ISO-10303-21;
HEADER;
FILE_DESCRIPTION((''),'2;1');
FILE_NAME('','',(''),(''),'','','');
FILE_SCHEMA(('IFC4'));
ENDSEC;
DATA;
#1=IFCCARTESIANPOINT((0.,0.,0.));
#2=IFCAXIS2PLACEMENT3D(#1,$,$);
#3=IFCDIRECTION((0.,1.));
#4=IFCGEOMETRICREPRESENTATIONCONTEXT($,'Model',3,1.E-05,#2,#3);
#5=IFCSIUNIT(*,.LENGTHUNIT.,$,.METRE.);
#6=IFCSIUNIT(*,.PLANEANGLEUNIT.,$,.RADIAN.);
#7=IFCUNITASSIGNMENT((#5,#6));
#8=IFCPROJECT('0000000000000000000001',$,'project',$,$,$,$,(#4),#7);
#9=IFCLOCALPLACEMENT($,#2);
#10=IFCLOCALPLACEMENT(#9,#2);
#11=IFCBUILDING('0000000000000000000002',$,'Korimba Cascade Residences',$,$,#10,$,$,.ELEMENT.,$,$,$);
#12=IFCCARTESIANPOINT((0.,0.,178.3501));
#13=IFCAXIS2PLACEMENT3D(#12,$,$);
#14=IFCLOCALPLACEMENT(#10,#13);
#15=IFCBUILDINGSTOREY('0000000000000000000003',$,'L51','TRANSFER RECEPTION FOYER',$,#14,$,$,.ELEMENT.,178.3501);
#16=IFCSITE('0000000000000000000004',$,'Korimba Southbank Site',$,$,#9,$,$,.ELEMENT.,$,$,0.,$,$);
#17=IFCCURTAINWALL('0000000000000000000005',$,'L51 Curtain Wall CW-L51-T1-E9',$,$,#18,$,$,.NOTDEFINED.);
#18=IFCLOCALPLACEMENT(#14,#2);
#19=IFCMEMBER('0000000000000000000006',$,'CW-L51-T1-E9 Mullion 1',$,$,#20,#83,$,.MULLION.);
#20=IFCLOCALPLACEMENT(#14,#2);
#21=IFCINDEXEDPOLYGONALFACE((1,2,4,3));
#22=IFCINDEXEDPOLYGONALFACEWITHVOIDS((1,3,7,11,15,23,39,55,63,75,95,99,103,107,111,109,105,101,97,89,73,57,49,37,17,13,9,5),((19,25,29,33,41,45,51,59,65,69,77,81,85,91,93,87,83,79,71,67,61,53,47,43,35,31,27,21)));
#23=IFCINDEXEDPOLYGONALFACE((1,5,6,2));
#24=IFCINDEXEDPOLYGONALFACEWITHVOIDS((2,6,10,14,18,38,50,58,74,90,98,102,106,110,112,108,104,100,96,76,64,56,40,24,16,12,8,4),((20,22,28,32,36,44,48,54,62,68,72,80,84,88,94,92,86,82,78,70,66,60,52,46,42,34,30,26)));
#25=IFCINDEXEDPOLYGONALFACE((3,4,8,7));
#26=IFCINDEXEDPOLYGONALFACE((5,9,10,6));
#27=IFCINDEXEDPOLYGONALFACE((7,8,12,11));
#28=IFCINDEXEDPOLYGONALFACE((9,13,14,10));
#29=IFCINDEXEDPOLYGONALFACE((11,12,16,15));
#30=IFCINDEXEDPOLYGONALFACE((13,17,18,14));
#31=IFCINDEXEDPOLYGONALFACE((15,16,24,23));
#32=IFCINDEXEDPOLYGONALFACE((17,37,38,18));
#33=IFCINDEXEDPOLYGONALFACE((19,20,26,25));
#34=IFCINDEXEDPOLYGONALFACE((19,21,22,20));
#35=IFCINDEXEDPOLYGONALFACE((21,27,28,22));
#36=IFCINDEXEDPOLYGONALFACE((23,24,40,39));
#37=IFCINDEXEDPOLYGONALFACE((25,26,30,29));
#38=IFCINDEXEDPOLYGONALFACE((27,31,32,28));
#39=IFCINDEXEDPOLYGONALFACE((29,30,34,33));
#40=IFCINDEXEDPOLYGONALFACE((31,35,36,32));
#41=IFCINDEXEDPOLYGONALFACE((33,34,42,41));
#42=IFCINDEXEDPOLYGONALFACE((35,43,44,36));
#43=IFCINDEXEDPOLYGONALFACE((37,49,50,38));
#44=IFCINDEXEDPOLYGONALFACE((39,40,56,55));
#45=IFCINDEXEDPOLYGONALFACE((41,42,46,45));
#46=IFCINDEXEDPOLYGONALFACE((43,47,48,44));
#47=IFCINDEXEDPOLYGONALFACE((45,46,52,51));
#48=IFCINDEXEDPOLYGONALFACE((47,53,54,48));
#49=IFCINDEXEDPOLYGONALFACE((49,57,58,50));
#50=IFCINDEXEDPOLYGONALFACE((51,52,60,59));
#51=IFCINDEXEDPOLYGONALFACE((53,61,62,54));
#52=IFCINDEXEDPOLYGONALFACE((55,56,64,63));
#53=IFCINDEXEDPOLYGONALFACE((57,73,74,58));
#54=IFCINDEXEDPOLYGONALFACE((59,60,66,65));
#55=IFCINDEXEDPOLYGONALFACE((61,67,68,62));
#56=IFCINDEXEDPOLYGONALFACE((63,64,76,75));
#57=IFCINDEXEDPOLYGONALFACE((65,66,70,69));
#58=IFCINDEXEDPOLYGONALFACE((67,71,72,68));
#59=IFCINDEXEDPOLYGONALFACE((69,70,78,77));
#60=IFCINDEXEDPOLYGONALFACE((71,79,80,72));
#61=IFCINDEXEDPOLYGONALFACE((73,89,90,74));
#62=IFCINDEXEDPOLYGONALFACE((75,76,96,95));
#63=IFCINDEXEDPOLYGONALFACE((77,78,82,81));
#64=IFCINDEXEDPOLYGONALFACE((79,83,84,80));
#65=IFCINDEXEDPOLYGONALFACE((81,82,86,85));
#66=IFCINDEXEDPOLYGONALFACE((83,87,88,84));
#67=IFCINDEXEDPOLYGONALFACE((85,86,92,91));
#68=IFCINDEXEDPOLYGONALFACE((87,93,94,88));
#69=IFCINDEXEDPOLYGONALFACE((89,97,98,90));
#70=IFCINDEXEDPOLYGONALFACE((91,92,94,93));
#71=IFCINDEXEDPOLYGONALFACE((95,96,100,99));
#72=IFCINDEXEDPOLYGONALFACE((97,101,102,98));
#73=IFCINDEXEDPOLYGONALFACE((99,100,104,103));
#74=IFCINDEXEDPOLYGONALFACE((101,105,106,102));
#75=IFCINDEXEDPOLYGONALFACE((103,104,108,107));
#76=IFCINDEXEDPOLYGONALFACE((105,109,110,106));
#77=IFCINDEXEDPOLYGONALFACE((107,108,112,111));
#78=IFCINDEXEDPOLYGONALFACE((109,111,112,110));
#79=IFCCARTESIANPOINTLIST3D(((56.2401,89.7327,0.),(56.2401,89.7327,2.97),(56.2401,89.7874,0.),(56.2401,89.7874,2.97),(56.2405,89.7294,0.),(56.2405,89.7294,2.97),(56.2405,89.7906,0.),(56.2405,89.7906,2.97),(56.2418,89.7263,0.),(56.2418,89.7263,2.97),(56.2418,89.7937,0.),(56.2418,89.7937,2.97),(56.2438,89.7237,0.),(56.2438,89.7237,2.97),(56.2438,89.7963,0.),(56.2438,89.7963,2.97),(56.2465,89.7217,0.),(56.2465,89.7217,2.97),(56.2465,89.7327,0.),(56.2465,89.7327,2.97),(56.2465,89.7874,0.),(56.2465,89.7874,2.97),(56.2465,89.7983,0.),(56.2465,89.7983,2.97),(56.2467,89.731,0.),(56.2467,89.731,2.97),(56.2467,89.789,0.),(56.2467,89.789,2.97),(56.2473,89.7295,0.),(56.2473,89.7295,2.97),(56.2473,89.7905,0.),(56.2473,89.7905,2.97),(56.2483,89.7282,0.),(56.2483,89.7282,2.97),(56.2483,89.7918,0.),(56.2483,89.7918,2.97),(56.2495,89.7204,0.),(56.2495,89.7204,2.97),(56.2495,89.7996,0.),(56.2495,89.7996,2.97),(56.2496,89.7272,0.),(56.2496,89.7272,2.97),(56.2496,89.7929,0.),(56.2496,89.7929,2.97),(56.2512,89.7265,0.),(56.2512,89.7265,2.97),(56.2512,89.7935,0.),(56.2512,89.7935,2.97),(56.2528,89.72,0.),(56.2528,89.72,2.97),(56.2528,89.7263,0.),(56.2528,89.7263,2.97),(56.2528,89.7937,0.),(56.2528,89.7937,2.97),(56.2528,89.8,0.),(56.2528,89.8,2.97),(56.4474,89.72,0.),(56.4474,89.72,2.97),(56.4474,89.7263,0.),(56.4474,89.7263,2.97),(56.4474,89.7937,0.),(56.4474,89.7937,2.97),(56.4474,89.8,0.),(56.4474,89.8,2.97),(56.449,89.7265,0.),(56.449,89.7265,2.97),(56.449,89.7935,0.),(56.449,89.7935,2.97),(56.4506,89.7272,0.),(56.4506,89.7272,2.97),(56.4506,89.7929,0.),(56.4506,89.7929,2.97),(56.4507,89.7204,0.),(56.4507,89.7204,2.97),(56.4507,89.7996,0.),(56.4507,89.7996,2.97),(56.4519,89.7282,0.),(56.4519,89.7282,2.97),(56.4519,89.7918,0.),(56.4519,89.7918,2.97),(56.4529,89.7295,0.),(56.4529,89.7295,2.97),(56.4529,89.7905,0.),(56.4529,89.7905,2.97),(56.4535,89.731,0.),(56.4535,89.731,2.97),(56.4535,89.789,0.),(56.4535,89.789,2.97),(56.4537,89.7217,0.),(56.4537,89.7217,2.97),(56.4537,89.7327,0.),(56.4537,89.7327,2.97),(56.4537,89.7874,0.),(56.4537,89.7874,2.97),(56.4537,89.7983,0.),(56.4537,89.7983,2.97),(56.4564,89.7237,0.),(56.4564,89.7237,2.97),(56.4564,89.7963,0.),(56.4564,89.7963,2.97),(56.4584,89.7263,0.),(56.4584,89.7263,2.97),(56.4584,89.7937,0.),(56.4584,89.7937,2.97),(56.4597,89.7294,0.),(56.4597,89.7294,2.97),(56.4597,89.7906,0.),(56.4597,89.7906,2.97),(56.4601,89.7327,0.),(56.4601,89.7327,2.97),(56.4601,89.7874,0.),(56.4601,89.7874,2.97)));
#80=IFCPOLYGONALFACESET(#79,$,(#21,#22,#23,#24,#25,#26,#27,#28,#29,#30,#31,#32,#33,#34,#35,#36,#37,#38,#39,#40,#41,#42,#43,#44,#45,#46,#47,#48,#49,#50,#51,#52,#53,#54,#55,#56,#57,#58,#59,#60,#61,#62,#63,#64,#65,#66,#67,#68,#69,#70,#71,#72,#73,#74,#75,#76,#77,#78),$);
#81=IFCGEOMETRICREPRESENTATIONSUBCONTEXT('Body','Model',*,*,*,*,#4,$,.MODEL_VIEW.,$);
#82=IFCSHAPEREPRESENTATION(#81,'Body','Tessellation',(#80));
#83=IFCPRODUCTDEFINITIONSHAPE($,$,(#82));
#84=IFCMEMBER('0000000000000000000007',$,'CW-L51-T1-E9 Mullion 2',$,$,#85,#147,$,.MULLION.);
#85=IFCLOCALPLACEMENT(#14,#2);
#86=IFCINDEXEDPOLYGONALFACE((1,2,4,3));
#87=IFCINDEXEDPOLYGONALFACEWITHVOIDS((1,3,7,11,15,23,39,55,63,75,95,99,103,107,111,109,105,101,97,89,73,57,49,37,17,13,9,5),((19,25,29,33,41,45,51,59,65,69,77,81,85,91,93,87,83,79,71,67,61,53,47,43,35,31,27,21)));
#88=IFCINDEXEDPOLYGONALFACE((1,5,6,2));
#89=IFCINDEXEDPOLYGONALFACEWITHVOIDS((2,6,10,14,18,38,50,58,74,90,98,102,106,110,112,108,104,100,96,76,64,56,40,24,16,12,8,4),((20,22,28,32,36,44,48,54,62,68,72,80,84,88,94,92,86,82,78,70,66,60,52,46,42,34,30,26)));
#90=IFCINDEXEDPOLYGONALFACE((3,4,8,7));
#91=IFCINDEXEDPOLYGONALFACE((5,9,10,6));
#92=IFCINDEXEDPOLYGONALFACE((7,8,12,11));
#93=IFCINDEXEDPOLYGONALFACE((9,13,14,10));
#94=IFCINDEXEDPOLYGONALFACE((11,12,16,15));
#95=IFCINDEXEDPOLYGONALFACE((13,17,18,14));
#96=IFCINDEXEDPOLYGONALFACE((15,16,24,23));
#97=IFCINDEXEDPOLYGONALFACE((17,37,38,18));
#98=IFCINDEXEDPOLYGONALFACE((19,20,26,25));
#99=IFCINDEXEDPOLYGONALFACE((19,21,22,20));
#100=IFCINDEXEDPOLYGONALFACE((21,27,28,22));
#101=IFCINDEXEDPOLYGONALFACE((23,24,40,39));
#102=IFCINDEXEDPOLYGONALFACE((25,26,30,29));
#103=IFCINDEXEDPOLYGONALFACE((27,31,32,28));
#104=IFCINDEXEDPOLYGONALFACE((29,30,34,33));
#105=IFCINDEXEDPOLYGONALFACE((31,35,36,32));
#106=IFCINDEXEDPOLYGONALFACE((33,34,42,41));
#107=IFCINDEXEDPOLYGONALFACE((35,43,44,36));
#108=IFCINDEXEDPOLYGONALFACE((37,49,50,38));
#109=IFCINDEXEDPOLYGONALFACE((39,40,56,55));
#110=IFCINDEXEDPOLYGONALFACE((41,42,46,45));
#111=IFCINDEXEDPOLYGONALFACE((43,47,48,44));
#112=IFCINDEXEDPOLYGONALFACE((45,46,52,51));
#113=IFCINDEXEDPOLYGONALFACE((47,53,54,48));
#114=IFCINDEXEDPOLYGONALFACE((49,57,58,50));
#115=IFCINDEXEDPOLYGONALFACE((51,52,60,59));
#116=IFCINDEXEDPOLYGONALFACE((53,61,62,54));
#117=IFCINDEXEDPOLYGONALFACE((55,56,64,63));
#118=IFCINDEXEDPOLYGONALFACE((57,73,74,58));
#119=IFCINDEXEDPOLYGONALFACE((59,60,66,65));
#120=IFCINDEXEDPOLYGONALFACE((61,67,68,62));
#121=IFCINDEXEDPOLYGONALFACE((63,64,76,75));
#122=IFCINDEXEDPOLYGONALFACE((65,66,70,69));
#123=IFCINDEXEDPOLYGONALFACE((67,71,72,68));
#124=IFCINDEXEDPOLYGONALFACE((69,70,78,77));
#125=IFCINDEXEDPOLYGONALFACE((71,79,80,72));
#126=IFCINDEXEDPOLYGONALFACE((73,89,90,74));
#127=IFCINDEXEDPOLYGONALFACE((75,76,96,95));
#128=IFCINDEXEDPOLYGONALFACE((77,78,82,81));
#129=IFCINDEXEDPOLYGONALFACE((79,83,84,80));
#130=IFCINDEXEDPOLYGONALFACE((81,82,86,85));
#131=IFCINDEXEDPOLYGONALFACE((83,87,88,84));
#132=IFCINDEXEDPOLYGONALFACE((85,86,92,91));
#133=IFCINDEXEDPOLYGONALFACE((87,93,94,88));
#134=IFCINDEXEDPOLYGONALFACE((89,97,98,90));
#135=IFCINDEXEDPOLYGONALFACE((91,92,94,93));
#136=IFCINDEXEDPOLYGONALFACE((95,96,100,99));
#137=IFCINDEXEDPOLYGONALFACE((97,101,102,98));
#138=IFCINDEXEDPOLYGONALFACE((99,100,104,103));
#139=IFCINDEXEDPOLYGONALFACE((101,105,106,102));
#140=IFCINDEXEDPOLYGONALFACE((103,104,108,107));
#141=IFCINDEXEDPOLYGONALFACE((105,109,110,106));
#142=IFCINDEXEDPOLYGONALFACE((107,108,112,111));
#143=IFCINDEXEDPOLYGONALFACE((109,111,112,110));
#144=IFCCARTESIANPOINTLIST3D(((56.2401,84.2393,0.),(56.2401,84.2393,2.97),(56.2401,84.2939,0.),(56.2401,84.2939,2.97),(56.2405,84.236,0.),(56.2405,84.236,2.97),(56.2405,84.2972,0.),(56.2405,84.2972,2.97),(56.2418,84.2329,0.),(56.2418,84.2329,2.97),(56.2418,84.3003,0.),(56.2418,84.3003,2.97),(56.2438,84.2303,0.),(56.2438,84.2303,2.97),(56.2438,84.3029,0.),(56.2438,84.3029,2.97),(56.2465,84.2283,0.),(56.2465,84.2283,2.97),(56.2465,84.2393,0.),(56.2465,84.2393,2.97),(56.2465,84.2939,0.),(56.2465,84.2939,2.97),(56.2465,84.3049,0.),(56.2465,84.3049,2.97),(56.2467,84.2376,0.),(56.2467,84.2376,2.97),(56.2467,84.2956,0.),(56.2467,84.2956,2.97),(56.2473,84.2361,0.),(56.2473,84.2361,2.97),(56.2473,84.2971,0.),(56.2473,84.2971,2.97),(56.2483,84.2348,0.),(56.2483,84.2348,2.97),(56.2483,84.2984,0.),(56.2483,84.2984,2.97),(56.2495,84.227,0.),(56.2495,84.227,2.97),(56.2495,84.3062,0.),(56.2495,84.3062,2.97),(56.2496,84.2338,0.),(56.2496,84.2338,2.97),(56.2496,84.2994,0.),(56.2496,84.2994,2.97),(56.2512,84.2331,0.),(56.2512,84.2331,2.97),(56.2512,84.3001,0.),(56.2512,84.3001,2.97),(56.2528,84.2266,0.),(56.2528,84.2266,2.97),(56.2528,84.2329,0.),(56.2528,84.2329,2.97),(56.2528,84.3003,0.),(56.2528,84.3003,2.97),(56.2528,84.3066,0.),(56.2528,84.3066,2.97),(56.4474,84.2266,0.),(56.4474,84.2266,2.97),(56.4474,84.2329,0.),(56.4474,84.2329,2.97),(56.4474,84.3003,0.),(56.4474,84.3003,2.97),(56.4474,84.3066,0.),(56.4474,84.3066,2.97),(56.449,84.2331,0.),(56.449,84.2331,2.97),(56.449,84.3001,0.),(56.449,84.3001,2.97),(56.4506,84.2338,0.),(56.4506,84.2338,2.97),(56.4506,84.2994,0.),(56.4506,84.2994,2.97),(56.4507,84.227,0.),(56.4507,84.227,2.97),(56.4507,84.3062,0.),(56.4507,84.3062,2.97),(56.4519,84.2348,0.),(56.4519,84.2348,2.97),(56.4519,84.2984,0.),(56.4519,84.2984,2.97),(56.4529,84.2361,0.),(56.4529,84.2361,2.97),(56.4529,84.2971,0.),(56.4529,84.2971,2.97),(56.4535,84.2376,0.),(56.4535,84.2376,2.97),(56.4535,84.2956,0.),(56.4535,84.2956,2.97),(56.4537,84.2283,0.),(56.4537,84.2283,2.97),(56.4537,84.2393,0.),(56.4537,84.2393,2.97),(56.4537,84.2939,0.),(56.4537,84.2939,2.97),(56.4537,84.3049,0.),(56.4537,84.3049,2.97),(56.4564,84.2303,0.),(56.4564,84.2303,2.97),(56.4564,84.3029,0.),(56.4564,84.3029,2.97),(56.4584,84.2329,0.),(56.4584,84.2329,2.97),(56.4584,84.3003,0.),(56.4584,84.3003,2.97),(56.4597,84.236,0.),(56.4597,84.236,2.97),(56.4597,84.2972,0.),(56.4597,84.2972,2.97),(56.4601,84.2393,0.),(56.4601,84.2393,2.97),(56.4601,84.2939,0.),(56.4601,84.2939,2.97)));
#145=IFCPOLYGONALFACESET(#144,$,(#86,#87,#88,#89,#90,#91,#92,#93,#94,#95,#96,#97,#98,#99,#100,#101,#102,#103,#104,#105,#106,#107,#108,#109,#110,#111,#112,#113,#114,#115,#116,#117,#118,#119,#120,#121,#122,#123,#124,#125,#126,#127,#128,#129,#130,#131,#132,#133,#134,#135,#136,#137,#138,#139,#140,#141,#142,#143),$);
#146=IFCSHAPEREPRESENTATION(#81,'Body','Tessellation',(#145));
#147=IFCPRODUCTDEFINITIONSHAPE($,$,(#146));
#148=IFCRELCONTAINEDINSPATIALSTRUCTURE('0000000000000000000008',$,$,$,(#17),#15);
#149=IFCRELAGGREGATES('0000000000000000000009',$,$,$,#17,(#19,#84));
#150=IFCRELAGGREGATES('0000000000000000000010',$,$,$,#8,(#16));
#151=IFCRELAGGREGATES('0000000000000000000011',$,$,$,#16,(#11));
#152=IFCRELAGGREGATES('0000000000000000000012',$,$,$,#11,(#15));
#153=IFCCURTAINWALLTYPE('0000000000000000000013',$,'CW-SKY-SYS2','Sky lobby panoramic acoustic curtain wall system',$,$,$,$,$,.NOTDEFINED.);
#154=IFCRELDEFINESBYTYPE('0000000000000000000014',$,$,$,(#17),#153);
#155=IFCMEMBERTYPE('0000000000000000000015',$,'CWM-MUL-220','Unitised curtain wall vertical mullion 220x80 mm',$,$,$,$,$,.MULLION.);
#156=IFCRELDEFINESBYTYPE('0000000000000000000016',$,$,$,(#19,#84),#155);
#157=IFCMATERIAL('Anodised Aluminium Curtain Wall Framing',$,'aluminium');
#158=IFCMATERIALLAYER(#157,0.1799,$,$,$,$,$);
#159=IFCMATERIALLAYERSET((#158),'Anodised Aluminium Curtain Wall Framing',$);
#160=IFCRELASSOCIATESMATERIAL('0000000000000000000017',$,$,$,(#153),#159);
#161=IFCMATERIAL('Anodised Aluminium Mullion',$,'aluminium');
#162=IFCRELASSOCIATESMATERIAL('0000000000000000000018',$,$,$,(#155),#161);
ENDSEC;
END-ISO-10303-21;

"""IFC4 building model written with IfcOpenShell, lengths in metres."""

from ifc_helpers import new_model, si_unit, direction, frame, origin, origin_2d, place, context, subcontext, project, spatial, hollow_rectangle, extrude, material, layer, layer_set, material_profile, profile_set, type_object, element, aggregate, save


model = new_model("IFC4")

# Units and contexts
model_context = context("Model", 3, precision=1e-05, world=origin(), true_north=direction((0.0, 1.0)))
body_context = subcontext(model_context, "Body", "Model", "MODEL_VIEW")
ifc_project = project(units=[si_unit("LENGTHUNIT", "METRE"), si_unit("PLANEANGLEUNIT", "RADIAN")], contexts=[model_context])

# Site, building, storey
site_placement = place(None, origin())
site = spatial("IfcSite", under=ifc_project, at=site_placement, Name="Korimba Southbank Site", CompositionType="ELEMENT", RefElevation=0.0)
building_placement = place(site_placement, origin())
building = spatial("IfcBuilding", under=site, at=building_placement, Name="Korimba Cascade Residences", CompositionType="ELEMENT")
storey_placement = place(building_placement, frame((0.0, 0.0, 178.3501)))
storey = spatial("IfcBuildingStorey", under=building, at=storey_placement, Name="L51", Description="TRANSFER RECEPTION FOYER", CompositionType="ELEMENT", Elevation=178.3501)

# Curtain wall, members
ifc_material_1 = material(Name="Anodised Aluminium Curtain Wall Framing", Category="aluminium")
ifc_layer_1 = layer(ifc_material_1, 0.1799)
ifc_layer_set_1 = layer_set([ifc_layer_1], Name="Anodised Aluminium Curtain Wall Framing")
curtain_wall_type = type_object("IfcCurtainWallType", Name="CW-SKY-SYS2", Description="Sky lobby panoramic acoustic curtain wall system", PredefinedType="NOTDEFINED", material=ifc_layer_set_1)
curtain_wall_placement = place(storey_placement, origin())
curtain_wall = element("IfcCurtainWall", 1, at=curtain_wall_placement, inside=storey, type_object=curtain_wall_type, Name="L51 Curtain Wall CW-L51-T1-E9", PredefinedType="NOTDEFINED")
ifc_material_2 = material(Name="Anodised Aluminium Mullion", Category="aluminium")
ifc_material_profile_1 = material_profile(ifc_material_2, hollow_rectangle(XDim=0.0801, YDim=0.22, WallThickness=0.0063, InnerFilletRadius=0.0063, OuterFilletRadius=0.0127, at=origin_2d()), Name="Anodised Aluminium Mullion")
ifc_profile_set_1 = profile_set([ifc_material_profile_1], Name="Anodised Aluminium Mullion")
member_type_1 = type_object("IfcMemberType", Name="CWM-MUL-220", Description="Unitised curtain wall vertical mullion 220x80 mm", PredefinedType="MULLION", material=ifc_profile_set_1)
member_1_placement = place(storey_placement, frame((56.3501, 89.76, 0.0), z_axis=(0.0, 0.0, 1.0), x_axis=(0.0, -1.0, 0.0)))
member_1 = element("IfcMember", 2, at=member_1_placement, type_object=member_type_1, Name="CW-L51-T1-E9 Mullion 1", PredefinedType="MULLION", context=body_context, shape_type="SweptSolid", body=[
    extrude(hollow_rectangle(XDim=0.0801, YDim=0.22, WallThickness=0.0063, InnerFilletRadius=0.0063, OuterFilletRadius=0.0127, at=origin_2d()), origin(), (0.0, 0.0, 1.0), 2.97),
])
member_2_placement = place(storey_placement, frame((56.3501, 84.2666, 0.0), z_axis=(0.0, 0.0, 1.0), x_axis=(0.0, -1.0, 0.0)))
member_2 = element("IfcMember", 3, at=member_2_placement, type_object=member_type_1, Name="CW-L51-T1-E9 Mullion 2", PredefinedType="MULLION", context=body_context, shape_type="SweptSolid", body=[
    extrude(hollow_rectangle(XDim=0.0801, YDim=0.22, WallThickness=0.0063, InnerFilletRadius=0.0063, OuterFilletRadius=0.0127, at=origin_2d()), origin(), (0.0, 0.0, 1.0), 2.97),
])
aggregate(curtain_wall, [member_1, member_2])

save(model, "model.ifc")
